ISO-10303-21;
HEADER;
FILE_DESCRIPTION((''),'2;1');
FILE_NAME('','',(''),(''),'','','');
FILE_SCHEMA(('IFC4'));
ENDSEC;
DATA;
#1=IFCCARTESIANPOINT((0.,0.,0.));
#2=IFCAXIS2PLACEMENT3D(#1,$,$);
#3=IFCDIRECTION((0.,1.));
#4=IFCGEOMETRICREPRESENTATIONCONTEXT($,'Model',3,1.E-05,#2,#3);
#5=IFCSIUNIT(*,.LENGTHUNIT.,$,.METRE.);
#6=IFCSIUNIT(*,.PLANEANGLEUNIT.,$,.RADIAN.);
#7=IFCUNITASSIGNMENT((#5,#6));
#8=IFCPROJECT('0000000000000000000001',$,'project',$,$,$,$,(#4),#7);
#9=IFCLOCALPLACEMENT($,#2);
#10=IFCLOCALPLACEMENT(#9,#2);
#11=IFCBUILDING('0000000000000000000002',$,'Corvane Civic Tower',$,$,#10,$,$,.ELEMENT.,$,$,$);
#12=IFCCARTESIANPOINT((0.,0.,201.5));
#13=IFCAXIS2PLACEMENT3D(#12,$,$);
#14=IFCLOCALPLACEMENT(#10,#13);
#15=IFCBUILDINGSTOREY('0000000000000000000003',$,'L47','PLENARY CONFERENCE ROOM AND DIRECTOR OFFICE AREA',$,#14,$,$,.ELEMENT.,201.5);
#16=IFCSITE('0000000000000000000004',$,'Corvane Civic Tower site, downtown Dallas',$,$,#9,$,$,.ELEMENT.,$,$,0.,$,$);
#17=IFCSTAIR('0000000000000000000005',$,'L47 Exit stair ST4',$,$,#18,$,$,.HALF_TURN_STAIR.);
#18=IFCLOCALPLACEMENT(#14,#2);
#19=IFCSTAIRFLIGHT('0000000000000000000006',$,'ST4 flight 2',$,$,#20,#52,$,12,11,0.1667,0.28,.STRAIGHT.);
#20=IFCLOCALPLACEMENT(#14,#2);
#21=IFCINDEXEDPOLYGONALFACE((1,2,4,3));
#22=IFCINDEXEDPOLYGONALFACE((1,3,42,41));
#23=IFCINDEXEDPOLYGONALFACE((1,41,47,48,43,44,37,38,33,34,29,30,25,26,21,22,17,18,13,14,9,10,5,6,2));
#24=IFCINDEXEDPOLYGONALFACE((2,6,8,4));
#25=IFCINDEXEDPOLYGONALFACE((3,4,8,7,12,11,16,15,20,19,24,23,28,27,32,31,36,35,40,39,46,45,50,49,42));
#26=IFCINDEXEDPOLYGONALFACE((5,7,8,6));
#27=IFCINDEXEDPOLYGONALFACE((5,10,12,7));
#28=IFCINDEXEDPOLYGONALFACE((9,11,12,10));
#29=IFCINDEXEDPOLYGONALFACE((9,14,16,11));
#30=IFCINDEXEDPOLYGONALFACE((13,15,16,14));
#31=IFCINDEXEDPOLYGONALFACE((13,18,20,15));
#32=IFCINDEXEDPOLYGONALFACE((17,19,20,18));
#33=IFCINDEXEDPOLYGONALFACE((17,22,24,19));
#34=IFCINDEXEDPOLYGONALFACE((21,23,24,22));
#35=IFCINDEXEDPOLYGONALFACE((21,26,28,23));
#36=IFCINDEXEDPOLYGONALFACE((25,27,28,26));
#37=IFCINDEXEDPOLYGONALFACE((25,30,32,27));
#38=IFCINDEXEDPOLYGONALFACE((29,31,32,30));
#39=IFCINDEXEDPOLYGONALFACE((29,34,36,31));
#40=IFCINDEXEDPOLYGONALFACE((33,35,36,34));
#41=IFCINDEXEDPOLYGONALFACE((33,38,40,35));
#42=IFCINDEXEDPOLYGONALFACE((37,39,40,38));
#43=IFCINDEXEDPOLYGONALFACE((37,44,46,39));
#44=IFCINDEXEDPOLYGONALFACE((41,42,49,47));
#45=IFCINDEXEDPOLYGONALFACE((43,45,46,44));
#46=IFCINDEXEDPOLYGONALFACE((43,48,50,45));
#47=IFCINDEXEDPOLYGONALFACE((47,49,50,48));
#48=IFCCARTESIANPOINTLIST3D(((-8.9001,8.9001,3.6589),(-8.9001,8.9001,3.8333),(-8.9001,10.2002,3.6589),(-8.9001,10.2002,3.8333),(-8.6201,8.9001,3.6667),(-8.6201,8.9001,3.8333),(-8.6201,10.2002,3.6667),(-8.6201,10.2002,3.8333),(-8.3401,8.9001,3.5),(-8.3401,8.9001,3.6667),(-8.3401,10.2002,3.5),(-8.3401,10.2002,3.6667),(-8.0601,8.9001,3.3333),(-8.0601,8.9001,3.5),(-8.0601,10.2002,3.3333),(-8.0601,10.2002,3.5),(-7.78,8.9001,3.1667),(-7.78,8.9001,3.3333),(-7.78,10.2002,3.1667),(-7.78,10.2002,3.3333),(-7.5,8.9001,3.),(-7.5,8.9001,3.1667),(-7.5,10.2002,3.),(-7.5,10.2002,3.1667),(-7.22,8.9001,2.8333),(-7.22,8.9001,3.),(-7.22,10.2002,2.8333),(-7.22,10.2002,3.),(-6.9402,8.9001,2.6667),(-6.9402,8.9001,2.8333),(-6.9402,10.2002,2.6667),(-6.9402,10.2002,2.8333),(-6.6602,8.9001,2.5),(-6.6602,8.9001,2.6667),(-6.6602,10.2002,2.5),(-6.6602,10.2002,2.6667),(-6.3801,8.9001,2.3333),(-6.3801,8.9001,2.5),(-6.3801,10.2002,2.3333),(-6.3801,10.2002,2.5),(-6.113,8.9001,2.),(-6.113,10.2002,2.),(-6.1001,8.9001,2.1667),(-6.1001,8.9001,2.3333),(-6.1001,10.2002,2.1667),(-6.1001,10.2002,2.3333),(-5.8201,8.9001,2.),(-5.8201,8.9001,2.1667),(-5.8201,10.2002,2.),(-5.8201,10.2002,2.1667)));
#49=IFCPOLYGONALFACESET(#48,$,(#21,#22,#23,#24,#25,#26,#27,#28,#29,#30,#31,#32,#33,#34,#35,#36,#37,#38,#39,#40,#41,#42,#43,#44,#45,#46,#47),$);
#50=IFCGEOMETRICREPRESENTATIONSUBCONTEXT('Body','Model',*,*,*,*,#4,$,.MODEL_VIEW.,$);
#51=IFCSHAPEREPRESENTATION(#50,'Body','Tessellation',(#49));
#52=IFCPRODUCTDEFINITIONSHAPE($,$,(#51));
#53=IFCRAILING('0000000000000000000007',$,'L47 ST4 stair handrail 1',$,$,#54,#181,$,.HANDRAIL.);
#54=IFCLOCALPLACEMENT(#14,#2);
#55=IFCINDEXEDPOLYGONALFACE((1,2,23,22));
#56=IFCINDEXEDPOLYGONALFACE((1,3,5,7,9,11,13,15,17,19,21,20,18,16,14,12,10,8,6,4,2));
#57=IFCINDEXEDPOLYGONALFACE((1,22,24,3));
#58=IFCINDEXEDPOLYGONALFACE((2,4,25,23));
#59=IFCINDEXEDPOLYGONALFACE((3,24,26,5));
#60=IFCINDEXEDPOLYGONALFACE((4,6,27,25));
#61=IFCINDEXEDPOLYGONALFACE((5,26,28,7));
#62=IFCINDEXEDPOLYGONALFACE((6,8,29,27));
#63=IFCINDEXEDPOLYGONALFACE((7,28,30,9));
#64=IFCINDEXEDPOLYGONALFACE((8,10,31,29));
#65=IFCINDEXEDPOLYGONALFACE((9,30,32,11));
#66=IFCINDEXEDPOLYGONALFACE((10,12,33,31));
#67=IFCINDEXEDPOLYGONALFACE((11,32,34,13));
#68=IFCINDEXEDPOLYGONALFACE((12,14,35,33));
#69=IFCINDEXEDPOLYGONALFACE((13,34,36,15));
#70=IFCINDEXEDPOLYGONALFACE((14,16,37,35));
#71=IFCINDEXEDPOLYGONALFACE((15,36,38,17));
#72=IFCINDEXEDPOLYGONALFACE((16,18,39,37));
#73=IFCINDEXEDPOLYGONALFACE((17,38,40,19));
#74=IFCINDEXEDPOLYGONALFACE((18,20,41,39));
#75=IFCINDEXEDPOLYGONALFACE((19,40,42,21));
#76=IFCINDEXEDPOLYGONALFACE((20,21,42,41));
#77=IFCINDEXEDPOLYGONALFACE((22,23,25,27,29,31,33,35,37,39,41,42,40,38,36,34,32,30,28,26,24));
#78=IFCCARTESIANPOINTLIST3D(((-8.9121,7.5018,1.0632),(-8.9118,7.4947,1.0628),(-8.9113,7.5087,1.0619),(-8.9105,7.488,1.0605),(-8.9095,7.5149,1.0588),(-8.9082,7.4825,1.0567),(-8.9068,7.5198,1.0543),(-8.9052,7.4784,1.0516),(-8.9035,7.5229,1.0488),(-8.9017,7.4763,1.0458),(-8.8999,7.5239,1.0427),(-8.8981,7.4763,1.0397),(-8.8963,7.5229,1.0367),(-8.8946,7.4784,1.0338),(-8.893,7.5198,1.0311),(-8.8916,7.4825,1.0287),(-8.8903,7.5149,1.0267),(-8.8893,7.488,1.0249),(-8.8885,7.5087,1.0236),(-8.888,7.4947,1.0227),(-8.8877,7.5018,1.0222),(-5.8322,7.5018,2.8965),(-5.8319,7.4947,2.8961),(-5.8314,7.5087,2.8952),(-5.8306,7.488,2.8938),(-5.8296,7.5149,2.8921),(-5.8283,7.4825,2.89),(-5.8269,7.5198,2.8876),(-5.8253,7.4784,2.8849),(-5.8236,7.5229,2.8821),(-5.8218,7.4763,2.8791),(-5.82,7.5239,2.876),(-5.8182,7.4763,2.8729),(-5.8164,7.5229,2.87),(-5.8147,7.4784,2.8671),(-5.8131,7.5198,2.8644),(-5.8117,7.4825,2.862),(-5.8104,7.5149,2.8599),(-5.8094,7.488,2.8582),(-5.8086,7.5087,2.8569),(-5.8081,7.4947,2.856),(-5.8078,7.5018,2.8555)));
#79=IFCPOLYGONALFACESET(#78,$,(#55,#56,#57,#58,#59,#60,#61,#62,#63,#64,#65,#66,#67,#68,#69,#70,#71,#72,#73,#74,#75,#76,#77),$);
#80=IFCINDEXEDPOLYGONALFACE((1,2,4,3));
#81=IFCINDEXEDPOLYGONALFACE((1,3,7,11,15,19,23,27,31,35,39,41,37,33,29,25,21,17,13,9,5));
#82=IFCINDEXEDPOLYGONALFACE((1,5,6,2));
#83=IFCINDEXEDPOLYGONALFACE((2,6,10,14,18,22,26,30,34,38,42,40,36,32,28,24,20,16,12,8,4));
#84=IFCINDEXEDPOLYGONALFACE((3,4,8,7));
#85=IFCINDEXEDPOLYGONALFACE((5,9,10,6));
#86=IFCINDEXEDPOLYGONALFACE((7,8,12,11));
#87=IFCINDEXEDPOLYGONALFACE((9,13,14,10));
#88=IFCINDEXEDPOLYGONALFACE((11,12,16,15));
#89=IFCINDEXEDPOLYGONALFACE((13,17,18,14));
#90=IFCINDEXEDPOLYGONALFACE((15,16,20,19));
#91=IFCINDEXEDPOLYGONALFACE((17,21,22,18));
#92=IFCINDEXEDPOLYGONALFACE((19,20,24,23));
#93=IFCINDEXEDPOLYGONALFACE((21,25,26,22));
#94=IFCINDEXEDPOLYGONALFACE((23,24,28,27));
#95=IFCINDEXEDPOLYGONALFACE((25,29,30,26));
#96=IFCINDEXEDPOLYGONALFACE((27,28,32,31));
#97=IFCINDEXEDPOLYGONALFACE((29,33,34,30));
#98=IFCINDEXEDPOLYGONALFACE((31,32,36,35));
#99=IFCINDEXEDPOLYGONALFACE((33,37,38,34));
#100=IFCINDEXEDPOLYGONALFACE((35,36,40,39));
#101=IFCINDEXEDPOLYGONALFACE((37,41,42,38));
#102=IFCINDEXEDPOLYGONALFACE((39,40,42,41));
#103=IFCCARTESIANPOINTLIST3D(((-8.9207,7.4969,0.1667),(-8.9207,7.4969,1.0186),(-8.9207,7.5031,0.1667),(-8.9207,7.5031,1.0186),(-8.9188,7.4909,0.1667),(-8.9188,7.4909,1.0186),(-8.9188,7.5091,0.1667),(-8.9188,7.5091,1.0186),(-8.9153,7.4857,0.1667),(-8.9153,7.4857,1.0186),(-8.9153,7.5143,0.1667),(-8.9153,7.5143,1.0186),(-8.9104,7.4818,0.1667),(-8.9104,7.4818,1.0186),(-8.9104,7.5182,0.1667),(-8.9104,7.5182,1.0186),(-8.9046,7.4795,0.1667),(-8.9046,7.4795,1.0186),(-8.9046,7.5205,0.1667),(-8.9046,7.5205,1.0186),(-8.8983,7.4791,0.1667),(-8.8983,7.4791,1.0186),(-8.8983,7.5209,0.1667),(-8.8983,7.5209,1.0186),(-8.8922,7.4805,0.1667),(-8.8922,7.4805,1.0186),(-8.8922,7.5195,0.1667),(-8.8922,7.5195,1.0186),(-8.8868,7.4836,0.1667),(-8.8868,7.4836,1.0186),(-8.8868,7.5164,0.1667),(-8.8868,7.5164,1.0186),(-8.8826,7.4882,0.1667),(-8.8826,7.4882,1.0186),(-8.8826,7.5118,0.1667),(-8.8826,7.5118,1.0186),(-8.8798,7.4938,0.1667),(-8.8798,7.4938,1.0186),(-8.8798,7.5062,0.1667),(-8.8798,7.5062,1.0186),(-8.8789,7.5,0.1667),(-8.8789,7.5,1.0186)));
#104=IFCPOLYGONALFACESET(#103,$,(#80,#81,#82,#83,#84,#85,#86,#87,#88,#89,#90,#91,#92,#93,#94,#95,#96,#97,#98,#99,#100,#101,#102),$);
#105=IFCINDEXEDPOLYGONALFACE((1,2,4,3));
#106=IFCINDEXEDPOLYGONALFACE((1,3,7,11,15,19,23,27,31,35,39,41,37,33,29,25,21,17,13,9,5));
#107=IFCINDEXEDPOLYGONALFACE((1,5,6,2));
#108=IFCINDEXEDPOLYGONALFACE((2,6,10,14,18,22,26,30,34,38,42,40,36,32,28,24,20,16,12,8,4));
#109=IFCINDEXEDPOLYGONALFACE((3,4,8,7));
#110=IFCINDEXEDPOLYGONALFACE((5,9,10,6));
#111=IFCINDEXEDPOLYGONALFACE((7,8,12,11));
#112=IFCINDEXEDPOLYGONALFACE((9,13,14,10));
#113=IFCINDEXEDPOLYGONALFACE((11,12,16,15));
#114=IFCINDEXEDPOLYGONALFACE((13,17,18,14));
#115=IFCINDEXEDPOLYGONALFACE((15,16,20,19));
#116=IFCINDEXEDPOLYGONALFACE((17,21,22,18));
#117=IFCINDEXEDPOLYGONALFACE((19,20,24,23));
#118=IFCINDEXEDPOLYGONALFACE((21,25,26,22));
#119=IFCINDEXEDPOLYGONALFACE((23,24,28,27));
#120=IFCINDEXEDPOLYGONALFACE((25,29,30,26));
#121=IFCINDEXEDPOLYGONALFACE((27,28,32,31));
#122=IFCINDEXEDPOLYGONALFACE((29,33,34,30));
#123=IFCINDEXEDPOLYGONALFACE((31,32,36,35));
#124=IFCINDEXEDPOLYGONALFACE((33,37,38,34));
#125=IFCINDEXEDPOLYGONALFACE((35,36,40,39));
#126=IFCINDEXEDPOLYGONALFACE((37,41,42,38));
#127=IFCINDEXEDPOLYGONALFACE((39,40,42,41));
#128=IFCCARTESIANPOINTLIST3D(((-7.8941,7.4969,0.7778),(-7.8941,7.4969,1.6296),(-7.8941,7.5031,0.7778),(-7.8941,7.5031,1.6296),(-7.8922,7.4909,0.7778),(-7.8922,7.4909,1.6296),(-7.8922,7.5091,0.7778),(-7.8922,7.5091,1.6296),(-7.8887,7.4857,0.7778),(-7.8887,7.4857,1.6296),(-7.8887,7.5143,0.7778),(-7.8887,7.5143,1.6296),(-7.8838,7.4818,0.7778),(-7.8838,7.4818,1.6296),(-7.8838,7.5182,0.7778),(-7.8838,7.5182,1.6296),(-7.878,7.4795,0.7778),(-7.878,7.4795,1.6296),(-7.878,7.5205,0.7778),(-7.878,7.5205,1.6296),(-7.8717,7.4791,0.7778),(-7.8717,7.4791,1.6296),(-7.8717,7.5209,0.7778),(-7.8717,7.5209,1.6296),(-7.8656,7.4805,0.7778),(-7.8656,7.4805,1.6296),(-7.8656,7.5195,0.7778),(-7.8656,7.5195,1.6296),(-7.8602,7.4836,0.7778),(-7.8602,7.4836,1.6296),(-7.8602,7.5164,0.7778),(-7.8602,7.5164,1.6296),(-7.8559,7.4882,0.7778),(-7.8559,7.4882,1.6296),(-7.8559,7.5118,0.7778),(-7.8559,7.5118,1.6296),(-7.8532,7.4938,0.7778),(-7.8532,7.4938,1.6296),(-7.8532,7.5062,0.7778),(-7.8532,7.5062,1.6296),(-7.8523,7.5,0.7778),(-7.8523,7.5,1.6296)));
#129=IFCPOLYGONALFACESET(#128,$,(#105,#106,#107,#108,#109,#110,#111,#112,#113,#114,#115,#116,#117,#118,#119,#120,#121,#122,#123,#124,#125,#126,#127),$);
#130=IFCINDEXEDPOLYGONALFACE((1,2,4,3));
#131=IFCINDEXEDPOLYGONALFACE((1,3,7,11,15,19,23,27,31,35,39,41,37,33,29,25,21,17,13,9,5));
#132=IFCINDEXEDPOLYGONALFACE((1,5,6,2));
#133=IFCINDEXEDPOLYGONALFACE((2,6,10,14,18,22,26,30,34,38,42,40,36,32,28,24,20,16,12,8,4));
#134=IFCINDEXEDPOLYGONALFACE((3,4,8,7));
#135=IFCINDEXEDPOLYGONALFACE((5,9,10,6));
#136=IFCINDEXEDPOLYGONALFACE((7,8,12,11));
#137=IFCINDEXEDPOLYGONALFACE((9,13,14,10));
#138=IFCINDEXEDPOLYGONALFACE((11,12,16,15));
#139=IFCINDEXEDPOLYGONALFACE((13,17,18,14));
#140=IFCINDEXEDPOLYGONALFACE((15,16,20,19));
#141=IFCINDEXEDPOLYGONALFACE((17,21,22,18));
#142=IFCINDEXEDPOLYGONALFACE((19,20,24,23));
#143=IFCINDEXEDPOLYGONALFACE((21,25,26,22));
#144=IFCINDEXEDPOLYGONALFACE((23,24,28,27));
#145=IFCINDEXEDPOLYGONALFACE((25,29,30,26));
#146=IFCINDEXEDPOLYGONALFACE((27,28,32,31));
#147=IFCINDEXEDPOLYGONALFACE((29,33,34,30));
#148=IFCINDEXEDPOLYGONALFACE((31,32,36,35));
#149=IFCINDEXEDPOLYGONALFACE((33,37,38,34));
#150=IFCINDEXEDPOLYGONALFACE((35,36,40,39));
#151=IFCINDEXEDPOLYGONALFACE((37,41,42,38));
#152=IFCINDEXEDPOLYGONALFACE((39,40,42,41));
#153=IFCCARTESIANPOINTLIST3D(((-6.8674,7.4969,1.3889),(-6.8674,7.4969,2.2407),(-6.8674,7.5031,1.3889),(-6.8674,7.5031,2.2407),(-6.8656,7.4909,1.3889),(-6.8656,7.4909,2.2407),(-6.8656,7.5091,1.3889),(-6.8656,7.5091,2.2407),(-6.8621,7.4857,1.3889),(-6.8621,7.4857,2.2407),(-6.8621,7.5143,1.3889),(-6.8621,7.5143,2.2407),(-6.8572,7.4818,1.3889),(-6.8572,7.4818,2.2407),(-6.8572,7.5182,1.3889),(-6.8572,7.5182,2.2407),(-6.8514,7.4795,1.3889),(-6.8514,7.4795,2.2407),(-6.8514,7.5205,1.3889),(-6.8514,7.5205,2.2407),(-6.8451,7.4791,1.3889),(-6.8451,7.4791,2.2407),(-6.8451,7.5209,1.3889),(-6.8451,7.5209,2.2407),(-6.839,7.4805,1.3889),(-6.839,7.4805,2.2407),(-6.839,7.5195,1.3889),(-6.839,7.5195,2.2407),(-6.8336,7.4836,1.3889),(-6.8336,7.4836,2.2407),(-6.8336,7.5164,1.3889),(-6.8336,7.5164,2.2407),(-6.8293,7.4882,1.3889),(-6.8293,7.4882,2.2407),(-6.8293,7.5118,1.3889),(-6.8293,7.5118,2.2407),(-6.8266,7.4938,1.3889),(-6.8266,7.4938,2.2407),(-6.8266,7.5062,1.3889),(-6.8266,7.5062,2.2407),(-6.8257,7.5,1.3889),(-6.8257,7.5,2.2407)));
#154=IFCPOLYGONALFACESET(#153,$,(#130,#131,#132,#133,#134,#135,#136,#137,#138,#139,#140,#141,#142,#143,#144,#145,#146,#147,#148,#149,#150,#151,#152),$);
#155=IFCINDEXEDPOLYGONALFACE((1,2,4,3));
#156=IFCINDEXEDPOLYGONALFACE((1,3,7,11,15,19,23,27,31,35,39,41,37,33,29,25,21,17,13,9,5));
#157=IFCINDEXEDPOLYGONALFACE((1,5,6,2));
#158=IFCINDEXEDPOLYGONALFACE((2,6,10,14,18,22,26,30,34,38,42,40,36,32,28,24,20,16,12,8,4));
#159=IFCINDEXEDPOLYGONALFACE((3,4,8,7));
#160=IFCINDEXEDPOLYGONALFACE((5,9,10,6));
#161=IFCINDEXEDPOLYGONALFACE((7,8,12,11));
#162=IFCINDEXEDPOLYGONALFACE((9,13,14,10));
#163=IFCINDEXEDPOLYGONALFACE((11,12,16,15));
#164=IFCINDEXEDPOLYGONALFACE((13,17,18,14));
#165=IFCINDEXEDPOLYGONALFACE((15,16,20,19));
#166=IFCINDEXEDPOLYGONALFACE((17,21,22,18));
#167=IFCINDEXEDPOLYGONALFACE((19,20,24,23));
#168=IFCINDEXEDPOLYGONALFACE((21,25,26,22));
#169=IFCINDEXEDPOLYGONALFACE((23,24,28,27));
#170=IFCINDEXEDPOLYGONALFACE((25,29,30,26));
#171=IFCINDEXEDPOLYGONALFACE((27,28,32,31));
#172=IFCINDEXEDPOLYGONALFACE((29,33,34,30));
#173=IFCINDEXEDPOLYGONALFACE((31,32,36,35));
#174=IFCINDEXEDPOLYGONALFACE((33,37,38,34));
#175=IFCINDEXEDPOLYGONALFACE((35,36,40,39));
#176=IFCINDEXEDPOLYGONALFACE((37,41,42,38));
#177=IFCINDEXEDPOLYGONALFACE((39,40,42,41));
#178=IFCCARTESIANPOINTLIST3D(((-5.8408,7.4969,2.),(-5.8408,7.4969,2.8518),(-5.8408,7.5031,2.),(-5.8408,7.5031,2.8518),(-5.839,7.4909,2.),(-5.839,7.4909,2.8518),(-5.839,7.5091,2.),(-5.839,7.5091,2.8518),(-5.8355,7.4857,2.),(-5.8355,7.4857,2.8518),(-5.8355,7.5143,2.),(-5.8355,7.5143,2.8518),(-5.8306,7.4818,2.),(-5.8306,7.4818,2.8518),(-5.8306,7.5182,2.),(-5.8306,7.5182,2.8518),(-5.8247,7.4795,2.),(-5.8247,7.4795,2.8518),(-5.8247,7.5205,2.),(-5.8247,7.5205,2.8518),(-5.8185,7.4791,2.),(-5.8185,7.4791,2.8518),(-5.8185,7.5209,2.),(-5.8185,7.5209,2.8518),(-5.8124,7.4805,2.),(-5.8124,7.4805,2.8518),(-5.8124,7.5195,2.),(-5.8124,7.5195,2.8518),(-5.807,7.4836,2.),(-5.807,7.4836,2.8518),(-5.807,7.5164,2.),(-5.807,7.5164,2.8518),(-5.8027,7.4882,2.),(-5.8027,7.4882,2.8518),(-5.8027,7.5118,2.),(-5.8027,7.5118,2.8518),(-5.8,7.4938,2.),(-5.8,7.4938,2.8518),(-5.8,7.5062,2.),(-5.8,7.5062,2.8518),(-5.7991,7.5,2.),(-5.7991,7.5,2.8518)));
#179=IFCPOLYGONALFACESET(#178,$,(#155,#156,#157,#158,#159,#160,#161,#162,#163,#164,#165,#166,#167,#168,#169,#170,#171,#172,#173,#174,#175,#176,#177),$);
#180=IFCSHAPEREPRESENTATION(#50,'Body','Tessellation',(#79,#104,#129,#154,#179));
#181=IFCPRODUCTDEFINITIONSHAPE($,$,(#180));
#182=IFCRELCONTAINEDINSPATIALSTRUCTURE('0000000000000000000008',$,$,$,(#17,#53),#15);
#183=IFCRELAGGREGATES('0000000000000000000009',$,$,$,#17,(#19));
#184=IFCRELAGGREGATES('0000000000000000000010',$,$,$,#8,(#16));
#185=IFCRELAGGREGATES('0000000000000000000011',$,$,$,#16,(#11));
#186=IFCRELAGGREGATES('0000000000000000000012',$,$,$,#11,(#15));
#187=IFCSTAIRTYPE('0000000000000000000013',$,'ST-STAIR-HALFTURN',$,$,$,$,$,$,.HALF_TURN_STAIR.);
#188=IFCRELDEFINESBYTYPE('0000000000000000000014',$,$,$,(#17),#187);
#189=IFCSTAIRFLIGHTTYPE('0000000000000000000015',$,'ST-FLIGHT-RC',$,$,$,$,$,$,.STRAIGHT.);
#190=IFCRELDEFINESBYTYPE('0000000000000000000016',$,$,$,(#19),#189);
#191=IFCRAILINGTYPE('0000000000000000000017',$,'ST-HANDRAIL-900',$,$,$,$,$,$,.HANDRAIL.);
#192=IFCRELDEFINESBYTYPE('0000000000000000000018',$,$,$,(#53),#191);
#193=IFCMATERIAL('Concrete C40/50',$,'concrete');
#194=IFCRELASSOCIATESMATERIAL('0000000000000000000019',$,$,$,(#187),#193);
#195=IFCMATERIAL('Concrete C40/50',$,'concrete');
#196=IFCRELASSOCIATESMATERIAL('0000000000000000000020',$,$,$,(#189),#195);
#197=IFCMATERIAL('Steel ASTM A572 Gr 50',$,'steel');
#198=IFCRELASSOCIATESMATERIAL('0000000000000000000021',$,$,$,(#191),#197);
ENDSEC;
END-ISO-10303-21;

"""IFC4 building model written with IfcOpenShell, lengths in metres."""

from ifc_helpers import new_model, si_unit, direction, frame, origin, origin_2d, place, context, subcontext, project, spatial, polyline, circle, outline, extrude, material, type_object, element, aggregate, save


model = new_model("IFC4")

# Units and contexts
model_context = context("Model", 3, precision=1e-05, world=origin(), true_north=direction((0.0, 1.0)))
body_context = subcontext(model_context, "Body", "Model", "MODEL_VIEW")
ifc_project = project(units=[si_unit("LENGTHUNIT", "METRE"), si_unit("PLANEANGLEUNIT", "RADIAN")], contexts=[model_context])

# Site, building, storey
site_placement = place(None, origin())
site = spatial("IfcSite", under=ifc_project, at=site_placement, Name="Corvane Civic Tower site, downtown Dallas", CompositionType="ELEMENT", RefElevation=0.0)
building_placement = place(site_placement, origin())
building = spatial("IfcBuilding", under=site, at=building_placement, Name="Corvane Civic Tower", CompositionType="ELEMENT")
storey_placement = place(building_placement, frame((0.0, 0.0, 201.5)))
storey = spatial("IfcBuildingStorey", under=building, at=storey_placement, Name="L47", Description="PLENARY CONFERENCE ROOM AND DIRECTOR OFFICE AREA", CompositionType="ELEMENT", Elevation=201.5)

# Stair
ifc_material_1 = material(Name="Concrete C40/50", Category="concrete")
stair_type = type_object("IfcStairType", Name="ST-STAIR-HALFTURN", PredefinedType="HALF_TURN_STAIR", material=ifc_material_1)
stair_1_placement = place(storey_placement, origin())
stair_1 = element("IfcStair", 1, at=stair_1_placement, inside=storey, type_object=stair_type, Name="L47 Exit stair ST4", PredefinedType="HALF_TURN_STAIR")

# Stair flight
ifc_material_2 = material(Name="Concrete C40/50", Category="concrete")
stair_flight_type = type_object("IfcStairFlightType", Name="ST-FLIGHT-RC", PredefinedType="STRAIGHT", material=ifc_material_2)
stair_flight_1_placement = place(storey_placement, frame((-5.8201, 9.55, 2.0), z_axis=(0.0, 0.0, 1.0), x_axis=(-1.0, 0.0, 0.0)))
stair_flight_1 = element("IfcStairFlight", 2, at=stair_flight_1_placement, type_object=stair_flight_type, Name="ST4 flight 2", NumberOfRisers=12, NumberOfTreads=11, PredefinedType="STRAIGHT", RiserHeight=0.1667, TreadLength=0.28, context=body_context, shape_type="SweptSolid", body=[
    extrude(outline(polyline([(0.0, 0.0), (0.0, 0.1667), (0.28, 0.1667), (0.28, 0.3333), (0.5601, 0.3333), (0.5601, 0.5), (0.8401, 0.5), (0.8401, 0.6667), (1.1201, 0.6667), (1.1201, 0.8333), (1.3999, 0.8333), (1.3999, 1.0), (1.6799, 1.0), (1.6799, 1.1667), (1.96, 1.1667), (1.96, 1.3333), (2.24, 1.3333), (2.24, 1.5), (2.52, 1.5), (2.52, 1.6667), (2.8, 1.6667), (2.8, 1.8333), (3.0801, 1.8333), (3.0801, 2.0), (3.0801, 1.6589), (0.293, 0.0), (0.0, 0.0)])), frame((0.0, 0.6499, 0.0), z_axis=(0.0, -1.0, 0.0), x_axis=(1.0, 0.0, 0.0)), (0.0, 0.0, 1.0), 1.3),
])
aggregate(stair_1, [stair_flight_1])

# Railing
ifc_material_3 = material(Name="Steel ASTM A572 Gr 50", Category="steel")
railing_type_1 = type_object("IfcRailingType", Name="ST-HANDRAIL-900", PredefinedType="HANDRAIL", material=ifc_material_3)
railing_1_placement = place(storey_placement, frame((-8.8999, 7.5, 0.1667)))
element("IfcRailing", 3, at=railing_1_placement, inside=storey, type_object=railing_type_1, Name="L47 ST4 stair handrail 1", PredefinedType="HANDRAIL", context=body_context, shape_type="SweptSolid", body=[
    extrude(circle(Radius=0.0239, at=origin_2d()), frame((0.0, 0.0, 0.876), z_axis=(0.859291, 0.0, 0.511487), x_axis=(0.0, 1.0, 0.0)), (0.0, 0.0, 1.0), 3.5842),
    extrude(circle(Radius=0.021, at=origin_2d()), origin(), (0.0, 0.0, 1.0), 0.8518),
    extrude(circle(Radius=0.021, at=origin_2d()), frame((1.0266, 0.0, 0.6111)), (0.0, 0.0, 1.0), 0.8518),
    extrude(circle(Radius=0.021, at=origin_2d()), frame((2.0532, 0.0, 1.2222)), (0.0, 0.0, 1.0), 0.8518),
    extrude(circle(Radius=0.021, at=origin_2d()), frame((3.0798, 0.0, 1.8333)), (0.0, 0.0, 1.0), 0.8518),
])

save(model, "model.ifc")
